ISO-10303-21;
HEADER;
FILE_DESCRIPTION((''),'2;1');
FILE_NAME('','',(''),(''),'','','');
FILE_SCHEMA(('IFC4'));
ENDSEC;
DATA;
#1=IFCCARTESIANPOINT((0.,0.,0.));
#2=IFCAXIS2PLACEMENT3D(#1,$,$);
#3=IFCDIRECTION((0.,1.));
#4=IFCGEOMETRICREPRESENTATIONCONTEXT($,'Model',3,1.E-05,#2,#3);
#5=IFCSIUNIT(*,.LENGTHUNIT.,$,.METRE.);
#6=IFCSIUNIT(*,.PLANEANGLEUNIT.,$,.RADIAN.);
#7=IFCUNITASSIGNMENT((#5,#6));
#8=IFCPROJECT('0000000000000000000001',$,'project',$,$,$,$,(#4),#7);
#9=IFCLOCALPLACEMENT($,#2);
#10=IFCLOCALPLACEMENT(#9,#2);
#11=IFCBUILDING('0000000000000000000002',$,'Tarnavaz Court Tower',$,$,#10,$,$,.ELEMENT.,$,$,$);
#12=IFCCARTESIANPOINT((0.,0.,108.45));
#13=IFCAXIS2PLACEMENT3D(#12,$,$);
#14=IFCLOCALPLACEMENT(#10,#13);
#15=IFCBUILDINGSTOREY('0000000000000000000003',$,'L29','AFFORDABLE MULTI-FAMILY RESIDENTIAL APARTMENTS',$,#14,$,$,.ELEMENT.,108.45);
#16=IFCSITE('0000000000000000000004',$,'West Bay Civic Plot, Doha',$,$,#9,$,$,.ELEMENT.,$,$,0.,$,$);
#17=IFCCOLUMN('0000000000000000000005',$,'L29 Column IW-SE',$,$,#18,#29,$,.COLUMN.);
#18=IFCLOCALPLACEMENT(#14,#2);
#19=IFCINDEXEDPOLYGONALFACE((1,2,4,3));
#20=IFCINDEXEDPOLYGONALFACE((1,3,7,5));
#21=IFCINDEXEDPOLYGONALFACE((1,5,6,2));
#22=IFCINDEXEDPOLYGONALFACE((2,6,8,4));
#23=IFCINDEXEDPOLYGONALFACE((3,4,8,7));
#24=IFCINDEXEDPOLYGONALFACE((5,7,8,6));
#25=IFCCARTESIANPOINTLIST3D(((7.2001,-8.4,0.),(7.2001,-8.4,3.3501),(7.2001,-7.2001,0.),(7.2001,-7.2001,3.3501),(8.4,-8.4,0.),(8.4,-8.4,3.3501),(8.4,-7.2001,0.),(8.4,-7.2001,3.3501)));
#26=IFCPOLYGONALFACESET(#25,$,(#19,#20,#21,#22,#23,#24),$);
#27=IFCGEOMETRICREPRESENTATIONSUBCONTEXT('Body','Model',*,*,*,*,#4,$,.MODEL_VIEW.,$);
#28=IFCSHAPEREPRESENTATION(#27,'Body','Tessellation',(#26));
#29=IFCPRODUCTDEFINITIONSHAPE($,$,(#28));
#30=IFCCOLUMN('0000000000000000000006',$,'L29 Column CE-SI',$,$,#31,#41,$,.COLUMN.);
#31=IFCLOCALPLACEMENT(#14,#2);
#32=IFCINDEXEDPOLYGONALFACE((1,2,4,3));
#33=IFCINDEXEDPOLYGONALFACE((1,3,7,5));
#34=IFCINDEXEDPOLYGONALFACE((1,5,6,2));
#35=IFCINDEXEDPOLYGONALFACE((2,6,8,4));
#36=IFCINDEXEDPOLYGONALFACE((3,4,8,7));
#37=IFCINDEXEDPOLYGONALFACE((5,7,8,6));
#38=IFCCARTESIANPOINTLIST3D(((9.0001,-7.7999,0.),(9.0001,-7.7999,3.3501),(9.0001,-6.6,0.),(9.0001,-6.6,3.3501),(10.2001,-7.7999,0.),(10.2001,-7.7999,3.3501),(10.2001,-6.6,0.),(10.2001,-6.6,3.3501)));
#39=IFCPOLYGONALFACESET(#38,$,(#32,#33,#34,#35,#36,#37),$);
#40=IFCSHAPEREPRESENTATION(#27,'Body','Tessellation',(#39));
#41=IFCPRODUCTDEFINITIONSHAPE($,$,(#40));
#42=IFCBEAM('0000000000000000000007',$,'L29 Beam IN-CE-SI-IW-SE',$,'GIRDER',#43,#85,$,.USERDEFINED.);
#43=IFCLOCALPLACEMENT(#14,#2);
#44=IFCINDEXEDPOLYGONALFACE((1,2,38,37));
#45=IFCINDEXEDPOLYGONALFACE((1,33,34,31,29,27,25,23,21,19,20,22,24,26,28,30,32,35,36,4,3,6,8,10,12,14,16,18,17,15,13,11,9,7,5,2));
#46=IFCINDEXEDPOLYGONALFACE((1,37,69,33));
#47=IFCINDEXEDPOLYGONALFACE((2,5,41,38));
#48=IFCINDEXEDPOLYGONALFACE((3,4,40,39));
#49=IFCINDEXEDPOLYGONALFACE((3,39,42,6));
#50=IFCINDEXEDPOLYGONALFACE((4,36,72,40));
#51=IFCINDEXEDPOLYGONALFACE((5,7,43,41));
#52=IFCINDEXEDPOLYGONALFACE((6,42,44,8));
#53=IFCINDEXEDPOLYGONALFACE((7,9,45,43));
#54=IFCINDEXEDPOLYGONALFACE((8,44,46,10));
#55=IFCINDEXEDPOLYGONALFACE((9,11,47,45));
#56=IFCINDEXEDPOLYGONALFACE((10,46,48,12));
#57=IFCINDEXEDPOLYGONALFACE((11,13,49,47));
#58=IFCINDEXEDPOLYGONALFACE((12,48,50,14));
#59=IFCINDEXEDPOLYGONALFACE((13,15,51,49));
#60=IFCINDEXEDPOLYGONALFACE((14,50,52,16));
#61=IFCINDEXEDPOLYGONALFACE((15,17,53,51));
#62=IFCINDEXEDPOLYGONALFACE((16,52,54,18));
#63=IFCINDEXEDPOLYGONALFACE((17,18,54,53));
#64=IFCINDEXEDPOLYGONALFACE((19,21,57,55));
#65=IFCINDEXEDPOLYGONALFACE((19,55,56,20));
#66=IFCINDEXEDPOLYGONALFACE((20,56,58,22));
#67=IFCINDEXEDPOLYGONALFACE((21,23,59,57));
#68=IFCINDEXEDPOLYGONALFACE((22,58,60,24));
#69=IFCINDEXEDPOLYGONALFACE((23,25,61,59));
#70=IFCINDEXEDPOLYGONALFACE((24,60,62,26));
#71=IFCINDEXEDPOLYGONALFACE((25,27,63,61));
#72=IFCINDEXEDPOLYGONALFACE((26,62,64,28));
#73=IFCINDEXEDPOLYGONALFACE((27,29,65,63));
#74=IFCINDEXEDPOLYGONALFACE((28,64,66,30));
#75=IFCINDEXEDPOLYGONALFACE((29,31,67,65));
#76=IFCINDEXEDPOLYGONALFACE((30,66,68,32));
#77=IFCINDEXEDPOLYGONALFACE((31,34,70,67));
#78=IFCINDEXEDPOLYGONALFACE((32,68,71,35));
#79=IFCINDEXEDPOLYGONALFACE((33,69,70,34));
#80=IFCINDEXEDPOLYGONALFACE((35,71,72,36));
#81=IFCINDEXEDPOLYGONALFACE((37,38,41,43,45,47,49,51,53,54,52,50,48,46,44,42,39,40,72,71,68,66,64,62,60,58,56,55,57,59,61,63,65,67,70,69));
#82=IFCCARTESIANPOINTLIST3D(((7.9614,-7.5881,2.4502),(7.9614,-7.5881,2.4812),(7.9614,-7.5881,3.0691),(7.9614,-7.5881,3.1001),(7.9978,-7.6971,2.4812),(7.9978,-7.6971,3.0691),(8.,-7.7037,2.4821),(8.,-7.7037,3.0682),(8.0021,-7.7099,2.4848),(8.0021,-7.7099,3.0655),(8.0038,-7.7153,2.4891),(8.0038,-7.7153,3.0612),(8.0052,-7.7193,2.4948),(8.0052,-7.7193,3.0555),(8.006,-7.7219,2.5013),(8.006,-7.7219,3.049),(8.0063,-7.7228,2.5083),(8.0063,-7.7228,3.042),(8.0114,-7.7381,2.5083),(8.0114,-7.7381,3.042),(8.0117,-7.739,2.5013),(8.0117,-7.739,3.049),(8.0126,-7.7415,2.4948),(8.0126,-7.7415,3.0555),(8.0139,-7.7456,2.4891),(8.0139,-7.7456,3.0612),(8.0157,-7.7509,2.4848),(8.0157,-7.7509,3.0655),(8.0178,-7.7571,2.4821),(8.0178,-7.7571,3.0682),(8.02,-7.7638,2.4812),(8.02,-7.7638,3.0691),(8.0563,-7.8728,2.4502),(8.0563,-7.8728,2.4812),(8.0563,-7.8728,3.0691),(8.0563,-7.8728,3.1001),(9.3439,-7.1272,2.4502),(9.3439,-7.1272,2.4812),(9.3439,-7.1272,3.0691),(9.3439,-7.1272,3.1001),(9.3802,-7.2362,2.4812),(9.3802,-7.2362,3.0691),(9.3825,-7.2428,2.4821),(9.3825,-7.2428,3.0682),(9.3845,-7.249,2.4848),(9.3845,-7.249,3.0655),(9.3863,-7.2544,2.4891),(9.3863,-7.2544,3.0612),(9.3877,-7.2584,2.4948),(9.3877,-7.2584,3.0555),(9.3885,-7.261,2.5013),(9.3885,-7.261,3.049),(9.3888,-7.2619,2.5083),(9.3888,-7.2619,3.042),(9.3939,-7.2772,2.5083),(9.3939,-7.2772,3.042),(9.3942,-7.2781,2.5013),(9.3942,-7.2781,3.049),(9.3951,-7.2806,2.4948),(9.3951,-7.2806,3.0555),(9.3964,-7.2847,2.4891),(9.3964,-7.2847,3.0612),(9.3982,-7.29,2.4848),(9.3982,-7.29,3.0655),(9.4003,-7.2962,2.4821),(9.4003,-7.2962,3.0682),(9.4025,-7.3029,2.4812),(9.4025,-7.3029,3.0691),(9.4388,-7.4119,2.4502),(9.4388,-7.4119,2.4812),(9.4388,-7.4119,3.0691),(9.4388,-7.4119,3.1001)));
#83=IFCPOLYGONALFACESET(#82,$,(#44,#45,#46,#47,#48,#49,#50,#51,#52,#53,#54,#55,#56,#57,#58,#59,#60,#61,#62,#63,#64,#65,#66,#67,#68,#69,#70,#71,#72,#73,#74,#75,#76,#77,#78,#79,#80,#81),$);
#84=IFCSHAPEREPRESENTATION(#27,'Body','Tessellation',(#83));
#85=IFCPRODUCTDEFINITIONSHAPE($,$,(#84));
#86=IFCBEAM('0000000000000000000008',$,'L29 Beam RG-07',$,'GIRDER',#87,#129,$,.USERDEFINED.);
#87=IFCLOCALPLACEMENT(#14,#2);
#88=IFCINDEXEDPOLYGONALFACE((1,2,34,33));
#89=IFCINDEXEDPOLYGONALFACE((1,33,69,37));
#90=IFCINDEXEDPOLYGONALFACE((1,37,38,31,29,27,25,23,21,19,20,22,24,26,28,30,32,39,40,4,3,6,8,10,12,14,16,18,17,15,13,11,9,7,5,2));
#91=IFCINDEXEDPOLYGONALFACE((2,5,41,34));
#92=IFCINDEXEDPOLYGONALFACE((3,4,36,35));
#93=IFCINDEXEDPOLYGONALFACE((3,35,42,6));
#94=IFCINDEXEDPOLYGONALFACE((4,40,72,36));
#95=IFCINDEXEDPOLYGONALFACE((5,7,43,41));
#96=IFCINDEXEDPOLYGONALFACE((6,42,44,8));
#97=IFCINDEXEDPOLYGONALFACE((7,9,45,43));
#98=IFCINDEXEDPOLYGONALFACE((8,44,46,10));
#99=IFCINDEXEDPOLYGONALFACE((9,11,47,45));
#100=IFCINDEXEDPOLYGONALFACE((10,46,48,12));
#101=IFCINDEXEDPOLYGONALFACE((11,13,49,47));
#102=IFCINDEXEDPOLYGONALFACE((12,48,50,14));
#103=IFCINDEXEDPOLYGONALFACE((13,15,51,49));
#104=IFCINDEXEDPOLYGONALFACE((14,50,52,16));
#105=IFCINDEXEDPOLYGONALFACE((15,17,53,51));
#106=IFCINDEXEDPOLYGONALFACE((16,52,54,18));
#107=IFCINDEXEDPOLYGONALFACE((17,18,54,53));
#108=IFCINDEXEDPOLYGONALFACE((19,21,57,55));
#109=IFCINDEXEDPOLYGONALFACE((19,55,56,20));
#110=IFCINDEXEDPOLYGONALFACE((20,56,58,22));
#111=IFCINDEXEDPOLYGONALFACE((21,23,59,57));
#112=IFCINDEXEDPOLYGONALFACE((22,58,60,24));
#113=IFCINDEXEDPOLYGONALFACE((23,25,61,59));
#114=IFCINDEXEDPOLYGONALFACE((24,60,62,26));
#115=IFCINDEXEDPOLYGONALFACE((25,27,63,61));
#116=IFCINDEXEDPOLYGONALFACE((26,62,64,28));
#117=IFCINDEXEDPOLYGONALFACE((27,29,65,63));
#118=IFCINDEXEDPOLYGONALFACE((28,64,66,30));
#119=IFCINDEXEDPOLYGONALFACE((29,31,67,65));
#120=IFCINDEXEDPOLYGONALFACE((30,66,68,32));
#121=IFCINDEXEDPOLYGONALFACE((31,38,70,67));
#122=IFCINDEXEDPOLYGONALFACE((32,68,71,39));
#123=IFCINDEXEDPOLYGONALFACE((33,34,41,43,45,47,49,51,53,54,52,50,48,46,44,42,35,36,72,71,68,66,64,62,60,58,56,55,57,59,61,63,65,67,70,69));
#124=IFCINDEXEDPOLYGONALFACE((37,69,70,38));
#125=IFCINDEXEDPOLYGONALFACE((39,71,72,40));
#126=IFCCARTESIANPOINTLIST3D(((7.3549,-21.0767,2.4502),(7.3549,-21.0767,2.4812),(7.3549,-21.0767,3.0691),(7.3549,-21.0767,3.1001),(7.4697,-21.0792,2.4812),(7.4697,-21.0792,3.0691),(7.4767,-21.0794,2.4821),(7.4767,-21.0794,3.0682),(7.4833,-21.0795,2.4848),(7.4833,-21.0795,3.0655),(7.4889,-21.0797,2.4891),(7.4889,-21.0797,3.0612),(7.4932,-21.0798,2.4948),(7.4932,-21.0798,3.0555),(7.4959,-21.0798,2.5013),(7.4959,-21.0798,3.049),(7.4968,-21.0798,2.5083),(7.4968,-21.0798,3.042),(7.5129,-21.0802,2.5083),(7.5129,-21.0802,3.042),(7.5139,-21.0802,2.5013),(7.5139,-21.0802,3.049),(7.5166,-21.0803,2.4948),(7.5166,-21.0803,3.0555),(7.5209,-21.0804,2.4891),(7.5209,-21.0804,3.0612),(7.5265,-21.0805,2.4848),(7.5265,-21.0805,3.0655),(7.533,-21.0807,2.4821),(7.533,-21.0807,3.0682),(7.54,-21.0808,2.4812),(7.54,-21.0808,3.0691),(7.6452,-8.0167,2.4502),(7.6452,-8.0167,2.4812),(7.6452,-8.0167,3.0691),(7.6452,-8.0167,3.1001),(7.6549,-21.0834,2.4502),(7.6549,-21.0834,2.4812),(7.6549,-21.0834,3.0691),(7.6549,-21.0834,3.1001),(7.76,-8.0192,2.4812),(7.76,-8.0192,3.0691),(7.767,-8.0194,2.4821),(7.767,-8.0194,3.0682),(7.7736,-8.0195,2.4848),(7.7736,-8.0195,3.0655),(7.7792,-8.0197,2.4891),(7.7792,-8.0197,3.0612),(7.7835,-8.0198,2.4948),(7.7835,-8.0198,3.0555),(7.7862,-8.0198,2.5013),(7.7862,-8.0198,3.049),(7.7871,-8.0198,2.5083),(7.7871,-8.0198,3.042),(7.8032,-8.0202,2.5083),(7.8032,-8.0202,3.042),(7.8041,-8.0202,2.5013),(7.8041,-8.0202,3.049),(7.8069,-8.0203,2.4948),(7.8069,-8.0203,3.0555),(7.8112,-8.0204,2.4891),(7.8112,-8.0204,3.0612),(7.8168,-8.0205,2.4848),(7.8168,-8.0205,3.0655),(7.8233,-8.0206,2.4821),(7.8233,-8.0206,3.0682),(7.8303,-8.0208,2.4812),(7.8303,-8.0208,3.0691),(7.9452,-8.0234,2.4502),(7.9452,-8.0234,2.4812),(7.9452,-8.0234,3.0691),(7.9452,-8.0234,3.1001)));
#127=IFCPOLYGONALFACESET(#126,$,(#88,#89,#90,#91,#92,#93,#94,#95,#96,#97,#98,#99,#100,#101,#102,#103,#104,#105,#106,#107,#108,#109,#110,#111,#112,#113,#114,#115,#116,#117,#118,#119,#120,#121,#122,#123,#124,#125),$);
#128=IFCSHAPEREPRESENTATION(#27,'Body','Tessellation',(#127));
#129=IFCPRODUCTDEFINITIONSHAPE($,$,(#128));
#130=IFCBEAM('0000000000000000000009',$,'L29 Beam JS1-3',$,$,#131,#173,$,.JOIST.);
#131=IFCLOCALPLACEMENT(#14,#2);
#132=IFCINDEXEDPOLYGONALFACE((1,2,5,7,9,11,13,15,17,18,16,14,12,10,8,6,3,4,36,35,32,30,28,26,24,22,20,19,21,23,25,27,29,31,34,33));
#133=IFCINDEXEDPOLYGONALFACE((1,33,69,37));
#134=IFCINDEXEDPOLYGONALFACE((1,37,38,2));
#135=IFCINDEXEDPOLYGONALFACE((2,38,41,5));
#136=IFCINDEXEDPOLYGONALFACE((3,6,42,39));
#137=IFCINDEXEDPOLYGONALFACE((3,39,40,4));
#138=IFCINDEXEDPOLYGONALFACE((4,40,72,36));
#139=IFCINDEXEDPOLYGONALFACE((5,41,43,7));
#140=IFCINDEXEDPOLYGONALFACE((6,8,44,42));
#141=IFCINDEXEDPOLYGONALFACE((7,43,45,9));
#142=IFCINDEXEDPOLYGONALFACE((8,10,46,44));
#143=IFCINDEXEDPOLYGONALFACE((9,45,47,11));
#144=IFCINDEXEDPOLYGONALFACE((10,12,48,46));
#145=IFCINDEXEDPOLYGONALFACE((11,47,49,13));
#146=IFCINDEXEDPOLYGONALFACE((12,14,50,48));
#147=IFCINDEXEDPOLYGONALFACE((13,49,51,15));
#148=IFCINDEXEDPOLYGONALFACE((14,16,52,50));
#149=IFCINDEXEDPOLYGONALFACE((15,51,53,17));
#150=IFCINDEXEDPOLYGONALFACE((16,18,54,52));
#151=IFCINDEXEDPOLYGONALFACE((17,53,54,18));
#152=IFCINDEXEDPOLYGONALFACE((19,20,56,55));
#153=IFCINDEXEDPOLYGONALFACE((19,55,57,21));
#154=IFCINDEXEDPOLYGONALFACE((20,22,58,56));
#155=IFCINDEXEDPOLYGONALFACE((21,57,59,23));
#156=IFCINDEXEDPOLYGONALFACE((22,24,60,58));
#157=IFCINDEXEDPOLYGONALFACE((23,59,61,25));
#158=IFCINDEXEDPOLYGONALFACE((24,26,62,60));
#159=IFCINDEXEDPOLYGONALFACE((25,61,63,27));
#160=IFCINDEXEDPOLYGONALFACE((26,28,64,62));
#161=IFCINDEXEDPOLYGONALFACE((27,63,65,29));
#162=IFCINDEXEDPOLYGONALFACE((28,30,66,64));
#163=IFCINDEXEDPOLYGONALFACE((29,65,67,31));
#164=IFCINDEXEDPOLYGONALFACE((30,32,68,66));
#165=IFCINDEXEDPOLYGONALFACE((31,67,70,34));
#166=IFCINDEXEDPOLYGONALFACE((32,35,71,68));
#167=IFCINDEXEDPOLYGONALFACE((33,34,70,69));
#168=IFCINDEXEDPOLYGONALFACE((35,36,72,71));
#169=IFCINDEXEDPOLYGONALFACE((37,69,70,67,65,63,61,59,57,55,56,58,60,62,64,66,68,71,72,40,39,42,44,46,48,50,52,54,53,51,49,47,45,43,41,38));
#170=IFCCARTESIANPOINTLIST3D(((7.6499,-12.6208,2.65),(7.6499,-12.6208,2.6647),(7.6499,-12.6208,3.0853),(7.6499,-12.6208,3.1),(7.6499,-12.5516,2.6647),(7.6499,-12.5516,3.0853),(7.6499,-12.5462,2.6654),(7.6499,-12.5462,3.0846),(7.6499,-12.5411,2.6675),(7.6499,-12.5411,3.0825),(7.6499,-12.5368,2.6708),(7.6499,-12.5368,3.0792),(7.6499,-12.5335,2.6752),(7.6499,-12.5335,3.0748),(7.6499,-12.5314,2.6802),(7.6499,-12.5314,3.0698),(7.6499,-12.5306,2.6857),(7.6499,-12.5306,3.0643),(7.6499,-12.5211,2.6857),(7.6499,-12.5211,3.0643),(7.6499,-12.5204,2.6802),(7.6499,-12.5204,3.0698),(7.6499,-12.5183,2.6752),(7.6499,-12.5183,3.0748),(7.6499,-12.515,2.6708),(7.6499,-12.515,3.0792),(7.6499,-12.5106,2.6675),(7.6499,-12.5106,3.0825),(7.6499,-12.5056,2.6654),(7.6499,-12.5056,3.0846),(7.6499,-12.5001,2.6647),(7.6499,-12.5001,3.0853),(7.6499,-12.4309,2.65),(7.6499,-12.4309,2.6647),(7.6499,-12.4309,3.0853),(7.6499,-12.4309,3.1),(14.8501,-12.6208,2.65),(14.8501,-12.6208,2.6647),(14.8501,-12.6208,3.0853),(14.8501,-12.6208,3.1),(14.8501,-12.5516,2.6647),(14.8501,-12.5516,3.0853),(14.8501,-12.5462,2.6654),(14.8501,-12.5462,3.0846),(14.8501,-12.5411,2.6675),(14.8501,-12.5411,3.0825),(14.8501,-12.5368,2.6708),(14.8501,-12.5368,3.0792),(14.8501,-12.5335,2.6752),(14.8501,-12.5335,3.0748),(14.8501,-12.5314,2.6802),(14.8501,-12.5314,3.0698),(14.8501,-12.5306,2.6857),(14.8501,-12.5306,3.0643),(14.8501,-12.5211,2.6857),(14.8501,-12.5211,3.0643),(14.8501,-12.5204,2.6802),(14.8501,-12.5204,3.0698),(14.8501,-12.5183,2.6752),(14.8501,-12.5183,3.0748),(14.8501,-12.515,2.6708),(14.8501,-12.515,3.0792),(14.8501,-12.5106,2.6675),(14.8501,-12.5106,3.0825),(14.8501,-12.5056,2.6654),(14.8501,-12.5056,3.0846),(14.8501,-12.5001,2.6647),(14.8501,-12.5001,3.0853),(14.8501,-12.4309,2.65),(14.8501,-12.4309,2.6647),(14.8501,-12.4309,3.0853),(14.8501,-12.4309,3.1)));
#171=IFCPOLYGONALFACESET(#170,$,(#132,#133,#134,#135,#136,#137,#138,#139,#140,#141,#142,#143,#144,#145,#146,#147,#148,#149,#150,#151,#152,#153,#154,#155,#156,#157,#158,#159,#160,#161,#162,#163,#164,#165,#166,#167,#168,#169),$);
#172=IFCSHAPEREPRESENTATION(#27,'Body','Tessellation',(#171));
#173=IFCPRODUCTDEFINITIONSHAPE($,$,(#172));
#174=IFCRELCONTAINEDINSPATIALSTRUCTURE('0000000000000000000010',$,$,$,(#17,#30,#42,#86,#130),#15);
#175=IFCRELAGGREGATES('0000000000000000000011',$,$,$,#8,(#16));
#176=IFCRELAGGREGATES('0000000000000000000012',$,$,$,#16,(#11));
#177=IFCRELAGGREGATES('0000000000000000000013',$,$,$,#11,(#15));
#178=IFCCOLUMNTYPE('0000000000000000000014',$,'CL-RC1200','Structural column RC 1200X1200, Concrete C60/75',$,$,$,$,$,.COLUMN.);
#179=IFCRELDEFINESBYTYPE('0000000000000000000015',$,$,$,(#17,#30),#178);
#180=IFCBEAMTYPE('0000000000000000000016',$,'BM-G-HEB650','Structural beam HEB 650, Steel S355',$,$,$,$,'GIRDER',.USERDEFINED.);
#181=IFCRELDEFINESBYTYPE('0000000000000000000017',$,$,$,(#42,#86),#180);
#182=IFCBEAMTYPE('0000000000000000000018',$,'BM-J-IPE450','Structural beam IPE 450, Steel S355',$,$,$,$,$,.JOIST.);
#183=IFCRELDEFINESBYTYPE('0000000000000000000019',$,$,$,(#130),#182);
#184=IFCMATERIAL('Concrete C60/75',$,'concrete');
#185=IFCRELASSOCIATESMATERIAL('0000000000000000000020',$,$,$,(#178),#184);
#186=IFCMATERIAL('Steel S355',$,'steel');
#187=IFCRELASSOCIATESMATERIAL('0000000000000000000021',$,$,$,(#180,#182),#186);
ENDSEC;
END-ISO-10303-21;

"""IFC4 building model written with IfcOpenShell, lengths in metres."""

from ifc_helpers import new_model, si_unit, direction, frame, origin, origin_2d, place, context, subcontext, project, spatial, rectangle, i_section, extrude, material, material_profile, profile_set, type_object, element, save


model = new_model("IFC4")

# Units and contexts
model_context = context("Model", 3, precision=1e-05, world=origin(), true_north=direction((0.0, 1.0)))
body_context = subcontext(model_context, "Body", "Model", "MODEL_VIEW")
ifc_project = project(units=[si_unit("LENGTHUNIT", "METRE"), si_unit("PLANEANGLEUNIT", "RADIAN")], contexts=[model_context])

# Site, building, storey
site_placement = place(None, origin())
site = spatial("IfcSite", under=ifc_project, at=site_placement, Name="West Bay Civic Plot, Doha", CompositionType="ELEMENT", RefElevation=0.0)
building_placement = place(site_placement, origin())
building = spatial("IfcBuilding", under=site, at=building_placement, Name="Tarnavaz Court Tower", CompositionType="ELEMENT")
storey_placement = place(building_placement, frame((0.0, 0.0, 108.45)))
storey = spatial("IfcBuildingStorey", under=building, at=storey_placement, Name="L29", Description="AFFORDABLE MULTI-FAMILY RESIDENTIAL APARTMENTS", CompositionType="ELEMENT", Elevation=108.45)

# Columns
ifc_material_1 = material(Name="Concrete C60/75", Category="concrete")
ifc_material_profile_1 = material_profile(ifc_material_1, rectangle(XDim=1.2, YDim=1.2, at=origin_2d()), Name="RC 1200X1200")
ifc_profile_set_1 = profile_set([ifc_material_profile_1], Name="Concrete C60/75")
column_type = type_object("IfcColumnType", Name="CL-RC1200", Description="Structural column RC 1200X1200, Concrete C60/75", PredefinedType="COLUMN", material=ifc_profile_set_1)
for number, where, z_axis, x_axis, name in (
    (1, (7.8, -7.8, 0.0), (0.0, 0.0, 1.0), (1.0, 0.0, 0.0), "L29 Column IW-SE"),
    (2, (9.6001, -7.2, 0.0), (0.0, 0.0, 1.0), (1.0, 0.0, 0.0), "L29 Column CE-SI"),
):
    element("IfcColumn", number, at=place(storey_placement, frame(where, z_axis=z_axis, x_axis=x_axis)), inside=storey, type_object=column_type, Name=name, PredefinedType="COLUMN", context=body_context, shape_type="SweptSolid", body=[
        extrude(rectangle(XDim=1.2, YDim=1.2, at=origin_2d()), origin(), (0.0, 0.0, 1.0), 3.3501),
    ])

# Beams
ifc_material_2 = material(Name="Steel S355", Category="steel")
ifc_material_profile_2 = material_profile(ifc_material_2, i_section(OverallWidth=0.3, OverallDepth=0.6499, WebThickness=0.0161, FlangeThickness=0.031, FilletRadius=0.0271, at=origin_2d()), Name="HEB 650")
ifc_profile_set_2 = profile_set([ifc_material_profile_2], Name="Steel S355")
beam_type_1 = type_object("IfcBeamType", Name="BM-G-HEB650", Description="Structural beam HEB 650, Steel S355", ElementType="GIRDER", PredefinedType="USERDEFINED", material=ifc_profile_set_2)
beam_1_placement = place(storey_placement, frame((9.3914, -7.2695, 2.7751), z_axis=(-0.948667, -0.316278, 0.0), x_axis=(0.316278, -0.948667, 0.0)))
element("IfcBeam", 3, at=beam_1_placement, inside=storey, type_object=beam_type_1, Name="L29 Beam IN-CE-SI-IW-SE", ObjectType="GIRDER", PredefinedType="USERDEFINED", context=body_context, shape_type="SweptSolid", body=[
    extrude(i_section(OverallWidth=0.3, OverallDepth=0.6499, WebThickness=0.0161, FlangeThickness=0.031, FilletRadius=0.0271, at=origin_2d()), origin(), (0.0, 0.0, 1.0), 1.4573),
])
beam_2_placement = place(storey_placement, frame((7.7952, -8.02, 2.7751), z_axis=(-0.022221, -0.999753, 0.0), x_axis=(0.999753, -0.022221, 0.0)))
element("IfcBeam", 4, at=beam_2_placement, inside=storey, type_object=beam_type_1, Name="L29 Beam RG-07", ObjectType="GIRDER", PredefinedType="USERDEFINED", context=body_context, shape_type="SweptSolid", body=[
    extrude(i_section(OverallWidth=0.3, OverallDepth=0.6499, WebThickness=0.0161, FlangeThickness=0.031, FilletRadius=0.0271, at=origin_2d()), origin(), (0.0, 0.0, 1.0), 13.0632),
])
ifc_material_profile_3 = material_profile(ifc_material_2, i_section(OverallWidth=0.1899, OverallDepth=0.45, WebThickness=0.0095, FlangeThickness=0.0146, FilletRadius=0.021, at=origin_2d()), Name="IPE 450")
ifc_profile_set_3 = profile_set([ifc_material_profile_3], Name="Steel S355")
beam_type_2 = type_object("IfcBeamType", Name="BM-J-IPE450", Description="Structural beam IPE 450, Steel S355", PredefinedType="JOIST", material=ifc_profile_set_3)
for number, where, z_axis, x_axis, name in (
    (5, (7.6499, -12.5259, 2.875), (1.0, 0.0, 0.0), (0.0, 1.0, 0.0), "L29 Beam JS1-3"),
):
    element("IfcBeam", number, at=place(storey_placement, frame(where, z_axis=z_axis, x_axis=x_axis)), inside=storey, type_object=beam_type_2, Name=name, PredefinedType="JOIST", context=body_context, shape_type="SweptSolid", body=[
        extrude(i_section(OverallWidth=0.1899, OverallDepth=0.45, WebThickness=0.0095, FlangeThickness=0.0146, FilletRadius=0.021, at=origin_2d()), origin(), (0.0, 0.0, 1.0), 7.2002),
    ])

save(model, "model.ifc")
